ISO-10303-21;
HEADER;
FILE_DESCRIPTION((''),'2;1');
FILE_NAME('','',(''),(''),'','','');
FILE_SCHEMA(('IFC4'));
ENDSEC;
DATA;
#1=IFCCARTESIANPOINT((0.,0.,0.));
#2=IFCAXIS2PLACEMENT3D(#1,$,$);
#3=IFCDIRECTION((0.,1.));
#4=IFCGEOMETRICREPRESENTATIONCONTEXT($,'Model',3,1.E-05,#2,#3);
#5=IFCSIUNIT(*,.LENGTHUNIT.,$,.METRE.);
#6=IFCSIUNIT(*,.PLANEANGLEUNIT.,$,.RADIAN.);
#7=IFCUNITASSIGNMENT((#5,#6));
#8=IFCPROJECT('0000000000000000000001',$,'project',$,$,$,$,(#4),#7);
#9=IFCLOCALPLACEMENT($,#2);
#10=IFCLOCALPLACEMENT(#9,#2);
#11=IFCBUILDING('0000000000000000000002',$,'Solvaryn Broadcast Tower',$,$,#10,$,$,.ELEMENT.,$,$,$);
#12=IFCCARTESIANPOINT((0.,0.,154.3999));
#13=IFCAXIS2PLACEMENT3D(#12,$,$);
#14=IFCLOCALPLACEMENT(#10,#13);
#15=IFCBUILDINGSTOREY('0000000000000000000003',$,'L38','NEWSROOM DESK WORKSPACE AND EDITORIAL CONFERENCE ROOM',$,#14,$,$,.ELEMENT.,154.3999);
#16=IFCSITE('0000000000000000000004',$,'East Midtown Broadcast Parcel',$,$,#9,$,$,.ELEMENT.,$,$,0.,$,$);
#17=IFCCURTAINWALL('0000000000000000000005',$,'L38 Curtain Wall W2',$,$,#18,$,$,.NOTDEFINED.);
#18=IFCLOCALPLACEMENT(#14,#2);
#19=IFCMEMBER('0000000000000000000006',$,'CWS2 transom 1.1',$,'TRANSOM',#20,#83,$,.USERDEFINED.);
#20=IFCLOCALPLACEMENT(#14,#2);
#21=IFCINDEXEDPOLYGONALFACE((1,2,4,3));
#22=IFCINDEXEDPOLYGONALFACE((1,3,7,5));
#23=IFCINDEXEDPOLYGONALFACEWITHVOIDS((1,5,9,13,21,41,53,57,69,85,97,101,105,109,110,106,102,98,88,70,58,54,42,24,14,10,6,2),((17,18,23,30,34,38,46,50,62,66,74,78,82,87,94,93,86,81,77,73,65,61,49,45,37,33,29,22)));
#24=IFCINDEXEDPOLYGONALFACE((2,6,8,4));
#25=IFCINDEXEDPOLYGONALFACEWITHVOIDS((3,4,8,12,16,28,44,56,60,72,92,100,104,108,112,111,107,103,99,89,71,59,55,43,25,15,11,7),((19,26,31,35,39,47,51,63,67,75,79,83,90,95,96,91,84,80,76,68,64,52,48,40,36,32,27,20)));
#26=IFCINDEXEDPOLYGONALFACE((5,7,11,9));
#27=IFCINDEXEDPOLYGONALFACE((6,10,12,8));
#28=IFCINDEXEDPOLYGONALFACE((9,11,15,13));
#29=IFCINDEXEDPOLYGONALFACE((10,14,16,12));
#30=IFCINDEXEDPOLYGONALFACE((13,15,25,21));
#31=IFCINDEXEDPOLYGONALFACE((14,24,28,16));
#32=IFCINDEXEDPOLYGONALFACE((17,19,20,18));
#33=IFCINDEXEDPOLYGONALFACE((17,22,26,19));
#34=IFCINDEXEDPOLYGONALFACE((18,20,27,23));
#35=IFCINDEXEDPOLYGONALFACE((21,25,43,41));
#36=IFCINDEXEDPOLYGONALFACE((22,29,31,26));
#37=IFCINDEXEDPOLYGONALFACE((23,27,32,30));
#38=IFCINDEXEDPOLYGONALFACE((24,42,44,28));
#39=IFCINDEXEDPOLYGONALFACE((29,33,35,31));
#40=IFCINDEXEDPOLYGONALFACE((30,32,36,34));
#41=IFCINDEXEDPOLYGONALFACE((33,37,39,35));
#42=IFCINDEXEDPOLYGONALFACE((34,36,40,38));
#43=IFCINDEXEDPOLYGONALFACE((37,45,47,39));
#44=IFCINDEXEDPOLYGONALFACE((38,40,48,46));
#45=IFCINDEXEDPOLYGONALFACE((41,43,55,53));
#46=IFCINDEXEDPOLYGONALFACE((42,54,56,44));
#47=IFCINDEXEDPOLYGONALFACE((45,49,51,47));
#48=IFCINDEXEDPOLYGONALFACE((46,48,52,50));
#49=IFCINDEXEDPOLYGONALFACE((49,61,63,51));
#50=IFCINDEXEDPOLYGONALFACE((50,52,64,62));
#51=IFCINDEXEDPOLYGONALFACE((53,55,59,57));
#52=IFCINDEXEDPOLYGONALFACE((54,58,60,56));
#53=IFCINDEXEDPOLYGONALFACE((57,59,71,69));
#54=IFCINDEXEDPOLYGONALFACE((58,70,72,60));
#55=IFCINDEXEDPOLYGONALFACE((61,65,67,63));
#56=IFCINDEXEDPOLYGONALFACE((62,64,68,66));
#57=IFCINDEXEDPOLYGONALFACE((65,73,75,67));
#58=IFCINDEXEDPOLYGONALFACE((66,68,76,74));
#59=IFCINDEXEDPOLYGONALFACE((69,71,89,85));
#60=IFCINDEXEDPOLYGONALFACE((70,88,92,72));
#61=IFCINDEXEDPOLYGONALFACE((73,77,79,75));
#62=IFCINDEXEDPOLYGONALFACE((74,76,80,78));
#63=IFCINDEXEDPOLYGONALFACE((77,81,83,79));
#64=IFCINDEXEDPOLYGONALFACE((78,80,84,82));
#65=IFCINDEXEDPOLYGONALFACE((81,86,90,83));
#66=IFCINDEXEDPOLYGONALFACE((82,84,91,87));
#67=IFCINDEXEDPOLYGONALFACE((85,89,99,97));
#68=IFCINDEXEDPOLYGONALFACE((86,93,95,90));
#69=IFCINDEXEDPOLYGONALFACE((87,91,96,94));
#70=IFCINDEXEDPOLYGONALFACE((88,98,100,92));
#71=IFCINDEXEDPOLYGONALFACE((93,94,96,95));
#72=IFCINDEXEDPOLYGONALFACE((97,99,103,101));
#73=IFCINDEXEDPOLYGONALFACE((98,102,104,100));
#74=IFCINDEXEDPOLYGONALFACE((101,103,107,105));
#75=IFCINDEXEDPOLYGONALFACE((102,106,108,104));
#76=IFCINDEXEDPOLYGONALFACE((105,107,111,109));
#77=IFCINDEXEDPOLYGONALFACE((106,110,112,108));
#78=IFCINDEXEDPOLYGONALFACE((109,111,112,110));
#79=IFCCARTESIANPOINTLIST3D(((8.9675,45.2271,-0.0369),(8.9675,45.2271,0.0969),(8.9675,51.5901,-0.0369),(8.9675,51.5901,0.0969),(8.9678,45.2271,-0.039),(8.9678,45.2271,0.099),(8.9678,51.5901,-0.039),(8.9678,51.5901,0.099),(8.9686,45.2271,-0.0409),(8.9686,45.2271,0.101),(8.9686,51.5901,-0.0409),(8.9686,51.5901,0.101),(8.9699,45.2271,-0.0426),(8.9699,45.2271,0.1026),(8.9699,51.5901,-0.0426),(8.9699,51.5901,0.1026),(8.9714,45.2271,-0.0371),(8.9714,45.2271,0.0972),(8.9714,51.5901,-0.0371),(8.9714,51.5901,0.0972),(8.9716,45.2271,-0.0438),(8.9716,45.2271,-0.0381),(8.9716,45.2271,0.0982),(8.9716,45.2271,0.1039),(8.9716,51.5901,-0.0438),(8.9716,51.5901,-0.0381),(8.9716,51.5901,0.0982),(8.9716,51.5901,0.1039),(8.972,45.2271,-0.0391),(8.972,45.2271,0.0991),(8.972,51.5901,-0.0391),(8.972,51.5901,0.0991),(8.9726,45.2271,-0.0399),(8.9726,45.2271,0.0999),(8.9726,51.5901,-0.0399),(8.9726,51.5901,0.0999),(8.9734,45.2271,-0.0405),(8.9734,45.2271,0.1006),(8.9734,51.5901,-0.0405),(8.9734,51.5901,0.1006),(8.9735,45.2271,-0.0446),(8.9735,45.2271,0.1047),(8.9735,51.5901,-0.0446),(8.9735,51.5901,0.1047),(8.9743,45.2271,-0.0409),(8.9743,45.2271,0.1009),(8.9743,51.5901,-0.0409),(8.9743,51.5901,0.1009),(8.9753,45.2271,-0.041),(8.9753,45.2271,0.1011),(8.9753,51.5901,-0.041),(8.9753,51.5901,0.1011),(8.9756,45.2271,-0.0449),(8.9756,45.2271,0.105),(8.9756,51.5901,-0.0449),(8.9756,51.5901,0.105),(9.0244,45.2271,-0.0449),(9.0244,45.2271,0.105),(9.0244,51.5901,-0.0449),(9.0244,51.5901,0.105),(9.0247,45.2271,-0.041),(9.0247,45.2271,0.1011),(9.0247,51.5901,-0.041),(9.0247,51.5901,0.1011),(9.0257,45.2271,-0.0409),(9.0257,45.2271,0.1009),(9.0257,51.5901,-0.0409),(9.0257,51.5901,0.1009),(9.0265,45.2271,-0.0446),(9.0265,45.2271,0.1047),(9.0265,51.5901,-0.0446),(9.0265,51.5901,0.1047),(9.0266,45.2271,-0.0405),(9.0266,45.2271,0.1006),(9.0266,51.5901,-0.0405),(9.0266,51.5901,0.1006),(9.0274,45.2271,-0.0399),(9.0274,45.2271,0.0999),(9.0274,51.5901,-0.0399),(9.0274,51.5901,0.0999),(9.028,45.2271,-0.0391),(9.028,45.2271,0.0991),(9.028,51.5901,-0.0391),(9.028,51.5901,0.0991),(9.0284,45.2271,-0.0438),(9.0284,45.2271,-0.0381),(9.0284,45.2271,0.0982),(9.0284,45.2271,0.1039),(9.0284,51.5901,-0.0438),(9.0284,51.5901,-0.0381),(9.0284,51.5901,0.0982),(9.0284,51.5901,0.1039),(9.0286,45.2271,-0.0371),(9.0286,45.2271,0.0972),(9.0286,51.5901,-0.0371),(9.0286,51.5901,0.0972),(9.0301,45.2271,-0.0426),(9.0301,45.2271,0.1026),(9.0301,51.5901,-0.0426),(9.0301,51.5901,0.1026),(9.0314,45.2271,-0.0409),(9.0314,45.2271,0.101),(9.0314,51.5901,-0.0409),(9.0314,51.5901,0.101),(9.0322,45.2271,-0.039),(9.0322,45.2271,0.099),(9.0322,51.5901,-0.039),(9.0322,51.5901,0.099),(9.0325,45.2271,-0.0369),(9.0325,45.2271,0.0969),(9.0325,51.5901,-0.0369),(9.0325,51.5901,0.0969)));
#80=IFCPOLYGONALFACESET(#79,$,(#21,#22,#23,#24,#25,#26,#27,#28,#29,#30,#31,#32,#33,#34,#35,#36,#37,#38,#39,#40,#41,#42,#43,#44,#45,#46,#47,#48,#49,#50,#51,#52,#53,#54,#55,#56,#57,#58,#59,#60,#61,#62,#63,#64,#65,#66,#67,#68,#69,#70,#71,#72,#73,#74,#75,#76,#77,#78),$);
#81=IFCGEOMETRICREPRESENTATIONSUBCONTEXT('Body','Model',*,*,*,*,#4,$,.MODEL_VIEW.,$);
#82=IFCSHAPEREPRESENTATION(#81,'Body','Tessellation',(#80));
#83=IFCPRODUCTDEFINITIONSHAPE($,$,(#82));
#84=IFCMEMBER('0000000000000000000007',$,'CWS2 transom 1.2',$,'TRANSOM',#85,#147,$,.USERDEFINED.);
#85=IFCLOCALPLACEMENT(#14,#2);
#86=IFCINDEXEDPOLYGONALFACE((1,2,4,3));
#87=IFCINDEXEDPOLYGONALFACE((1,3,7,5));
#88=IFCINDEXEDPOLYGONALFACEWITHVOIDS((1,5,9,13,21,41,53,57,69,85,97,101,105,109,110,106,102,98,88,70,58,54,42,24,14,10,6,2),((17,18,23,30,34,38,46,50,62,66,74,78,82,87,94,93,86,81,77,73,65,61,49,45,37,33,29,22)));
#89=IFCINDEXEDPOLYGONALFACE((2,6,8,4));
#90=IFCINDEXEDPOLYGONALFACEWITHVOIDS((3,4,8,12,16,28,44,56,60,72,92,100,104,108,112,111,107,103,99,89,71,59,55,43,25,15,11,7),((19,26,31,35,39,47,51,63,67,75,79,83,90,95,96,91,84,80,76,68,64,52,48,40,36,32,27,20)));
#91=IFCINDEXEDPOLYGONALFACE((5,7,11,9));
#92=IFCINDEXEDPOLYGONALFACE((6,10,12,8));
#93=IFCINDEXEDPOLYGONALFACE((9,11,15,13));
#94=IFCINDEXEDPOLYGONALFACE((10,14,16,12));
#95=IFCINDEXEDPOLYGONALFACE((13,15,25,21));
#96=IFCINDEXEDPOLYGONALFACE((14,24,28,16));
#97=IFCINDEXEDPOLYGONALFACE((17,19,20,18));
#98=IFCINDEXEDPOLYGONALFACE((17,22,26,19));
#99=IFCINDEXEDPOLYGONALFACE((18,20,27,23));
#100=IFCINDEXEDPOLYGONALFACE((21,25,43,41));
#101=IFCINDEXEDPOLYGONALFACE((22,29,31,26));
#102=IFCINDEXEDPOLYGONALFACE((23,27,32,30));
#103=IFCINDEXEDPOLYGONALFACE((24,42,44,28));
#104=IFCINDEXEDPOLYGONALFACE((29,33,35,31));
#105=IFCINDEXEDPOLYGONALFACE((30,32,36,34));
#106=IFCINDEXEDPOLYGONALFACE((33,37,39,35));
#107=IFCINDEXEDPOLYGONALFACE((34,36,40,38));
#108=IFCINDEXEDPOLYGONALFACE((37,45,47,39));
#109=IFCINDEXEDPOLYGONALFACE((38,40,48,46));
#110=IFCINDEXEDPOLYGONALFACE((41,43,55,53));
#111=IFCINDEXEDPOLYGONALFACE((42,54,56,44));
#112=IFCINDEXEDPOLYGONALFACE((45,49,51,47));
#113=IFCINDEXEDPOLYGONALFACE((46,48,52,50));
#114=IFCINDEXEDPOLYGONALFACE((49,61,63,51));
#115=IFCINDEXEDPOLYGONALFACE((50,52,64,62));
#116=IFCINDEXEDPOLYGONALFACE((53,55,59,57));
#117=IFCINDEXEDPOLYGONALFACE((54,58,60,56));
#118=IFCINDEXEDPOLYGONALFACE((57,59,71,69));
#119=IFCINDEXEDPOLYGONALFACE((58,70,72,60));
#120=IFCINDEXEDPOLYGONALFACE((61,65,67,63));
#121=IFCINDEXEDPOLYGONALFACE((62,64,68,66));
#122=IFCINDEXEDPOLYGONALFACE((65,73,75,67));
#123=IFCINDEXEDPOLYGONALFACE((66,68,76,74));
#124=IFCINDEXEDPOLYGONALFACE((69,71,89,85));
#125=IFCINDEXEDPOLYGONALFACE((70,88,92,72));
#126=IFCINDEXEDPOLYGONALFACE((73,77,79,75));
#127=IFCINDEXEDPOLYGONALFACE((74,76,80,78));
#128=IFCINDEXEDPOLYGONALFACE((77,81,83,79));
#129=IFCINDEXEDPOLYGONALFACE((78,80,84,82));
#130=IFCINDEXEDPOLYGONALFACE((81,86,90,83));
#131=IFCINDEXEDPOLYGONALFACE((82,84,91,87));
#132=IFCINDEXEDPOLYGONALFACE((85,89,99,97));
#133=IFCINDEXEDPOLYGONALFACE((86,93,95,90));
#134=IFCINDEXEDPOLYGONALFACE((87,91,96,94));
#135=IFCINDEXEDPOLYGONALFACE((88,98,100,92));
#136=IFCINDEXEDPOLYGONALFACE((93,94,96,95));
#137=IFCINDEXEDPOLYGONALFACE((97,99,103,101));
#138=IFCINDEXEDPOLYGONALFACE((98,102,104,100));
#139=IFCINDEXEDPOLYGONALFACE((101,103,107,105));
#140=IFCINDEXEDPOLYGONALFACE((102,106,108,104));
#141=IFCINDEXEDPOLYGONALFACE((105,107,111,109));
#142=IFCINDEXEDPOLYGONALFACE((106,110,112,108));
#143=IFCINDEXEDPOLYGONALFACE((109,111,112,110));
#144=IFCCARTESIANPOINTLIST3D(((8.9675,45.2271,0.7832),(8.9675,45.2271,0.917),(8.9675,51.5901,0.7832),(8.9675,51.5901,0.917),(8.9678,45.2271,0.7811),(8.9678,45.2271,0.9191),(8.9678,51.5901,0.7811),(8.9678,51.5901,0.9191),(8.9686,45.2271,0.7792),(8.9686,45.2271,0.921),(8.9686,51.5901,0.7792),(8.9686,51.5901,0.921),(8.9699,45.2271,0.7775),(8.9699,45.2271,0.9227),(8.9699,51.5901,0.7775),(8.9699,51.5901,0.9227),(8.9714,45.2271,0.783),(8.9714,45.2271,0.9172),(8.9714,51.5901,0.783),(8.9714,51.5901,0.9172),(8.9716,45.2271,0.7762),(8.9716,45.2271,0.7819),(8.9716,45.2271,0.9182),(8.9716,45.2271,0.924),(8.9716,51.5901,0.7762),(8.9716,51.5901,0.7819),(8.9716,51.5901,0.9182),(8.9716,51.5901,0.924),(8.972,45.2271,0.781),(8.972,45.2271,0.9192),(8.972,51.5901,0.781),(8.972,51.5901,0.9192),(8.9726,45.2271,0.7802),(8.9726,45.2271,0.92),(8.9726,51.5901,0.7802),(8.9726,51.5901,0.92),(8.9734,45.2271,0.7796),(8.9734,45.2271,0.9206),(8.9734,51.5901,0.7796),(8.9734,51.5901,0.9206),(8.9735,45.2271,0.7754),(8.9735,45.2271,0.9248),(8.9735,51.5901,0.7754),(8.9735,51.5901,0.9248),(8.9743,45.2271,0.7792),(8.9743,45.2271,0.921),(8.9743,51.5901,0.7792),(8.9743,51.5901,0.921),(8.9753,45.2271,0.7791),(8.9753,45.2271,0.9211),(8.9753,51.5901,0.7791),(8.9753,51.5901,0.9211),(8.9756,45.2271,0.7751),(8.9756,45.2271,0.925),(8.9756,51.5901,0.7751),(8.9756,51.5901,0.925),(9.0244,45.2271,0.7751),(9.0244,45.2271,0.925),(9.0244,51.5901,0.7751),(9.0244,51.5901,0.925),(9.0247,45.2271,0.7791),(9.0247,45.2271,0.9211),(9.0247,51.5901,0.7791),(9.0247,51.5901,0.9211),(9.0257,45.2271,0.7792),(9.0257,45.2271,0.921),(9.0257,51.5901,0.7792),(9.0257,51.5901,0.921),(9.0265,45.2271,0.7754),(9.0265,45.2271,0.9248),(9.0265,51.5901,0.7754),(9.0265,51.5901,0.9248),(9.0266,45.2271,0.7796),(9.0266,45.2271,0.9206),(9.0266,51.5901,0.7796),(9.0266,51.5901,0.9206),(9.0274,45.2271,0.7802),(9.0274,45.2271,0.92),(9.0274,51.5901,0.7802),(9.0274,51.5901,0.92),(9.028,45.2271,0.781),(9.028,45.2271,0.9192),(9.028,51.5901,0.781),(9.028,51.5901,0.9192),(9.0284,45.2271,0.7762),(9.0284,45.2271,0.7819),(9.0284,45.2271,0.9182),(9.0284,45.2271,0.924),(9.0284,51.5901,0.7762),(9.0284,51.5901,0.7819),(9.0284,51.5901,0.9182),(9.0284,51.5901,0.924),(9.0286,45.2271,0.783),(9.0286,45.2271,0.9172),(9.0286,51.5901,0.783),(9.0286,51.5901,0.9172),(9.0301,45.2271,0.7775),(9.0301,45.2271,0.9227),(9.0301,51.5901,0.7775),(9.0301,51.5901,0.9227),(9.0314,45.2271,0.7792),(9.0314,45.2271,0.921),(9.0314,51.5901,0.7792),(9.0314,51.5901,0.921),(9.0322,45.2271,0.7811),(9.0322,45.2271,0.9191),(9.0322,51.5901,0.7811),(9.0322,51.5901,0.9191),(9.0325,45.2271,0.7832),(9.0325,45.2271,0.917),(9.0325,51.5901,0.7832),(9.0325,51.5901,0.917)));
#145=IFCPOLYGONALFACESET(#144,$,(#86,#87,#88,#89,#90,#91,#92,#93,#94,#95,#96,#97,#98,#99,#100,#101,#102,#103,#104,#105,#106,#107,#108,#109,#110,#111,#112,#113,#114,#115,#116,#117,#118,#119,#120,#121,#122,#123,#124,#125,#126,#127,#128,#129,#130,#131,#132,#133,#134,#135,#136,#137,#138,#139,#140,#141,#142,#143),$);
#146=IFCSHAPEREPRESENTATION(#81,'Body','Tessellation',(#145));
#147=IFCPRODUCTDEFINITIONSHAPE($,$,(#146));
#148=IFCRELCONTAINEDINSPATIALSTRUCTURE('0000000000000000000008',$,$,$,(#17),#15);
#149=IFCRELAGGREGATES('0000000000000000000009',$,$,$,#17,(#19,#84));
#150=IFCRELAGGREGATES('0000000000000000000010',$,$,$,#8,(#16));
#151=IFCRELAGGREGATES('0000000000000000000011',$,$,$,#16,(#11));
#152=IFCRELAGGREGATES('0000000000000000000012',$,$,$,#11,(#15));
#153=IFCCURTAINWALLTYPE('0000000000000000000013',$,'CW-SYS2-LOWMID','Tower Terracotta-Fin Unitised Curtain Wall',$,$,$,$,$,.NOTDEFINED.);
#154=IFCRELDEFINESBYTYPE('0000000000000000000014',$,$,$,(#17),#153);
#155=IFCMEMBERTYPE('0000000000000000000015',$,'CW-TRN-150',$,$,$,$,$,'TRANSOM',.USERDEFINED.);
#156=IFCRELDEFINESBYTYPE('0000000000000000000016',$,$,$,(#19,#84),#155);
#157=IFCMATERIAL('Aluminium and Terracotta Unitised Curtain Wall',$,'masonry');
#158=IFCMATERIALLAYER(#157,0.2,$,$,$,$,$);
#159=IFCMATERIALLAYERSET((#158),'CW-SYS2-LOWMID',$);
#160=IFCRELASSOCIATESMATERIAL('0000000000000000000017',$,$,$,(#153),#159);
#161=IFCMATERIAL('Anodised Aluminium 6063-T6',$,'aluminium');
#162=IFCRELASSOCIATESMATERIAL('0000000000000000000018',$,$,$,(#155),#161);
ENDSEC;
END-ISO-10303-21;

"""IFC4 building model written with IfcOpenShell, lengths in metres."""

from ifc_helpers import new_model, si_unit, direction, frame, origin, origin_2d, place, context, subcontext, project, spatial, hollow_rectangle, extrude, material, layer, layer_set, material_profile, profile_set, type_object, element, aggregate, save


model = new_model("IFC4")

# Units and contexts
model_context = context("Model", 3, precision=1e-05, world=origin(), true_north=direction((0.0, 1.0)))
body_context = subcontext(model_context, "Body", "Model", "MODEL_VIEW")
ifc_project = project(units=[si_unit("LENGTHUNIT", "METRE"), si_unit("PLANEANGLEUNIT", "RADIAN")], contexts=[model_context])

# Site, building, storey
site_placement = place(None, origin())
site = spatial("IfcSite", under=ifc_project, at=site_placement, Name="East Midtown Broadcast Parcel", CompositionType="ELEMENT", RefElevation=0.0)
building_placement = place(site_placement, origin())
building = spatial("IfcBuilding", under=site, at=building_placement, Name="Solvaryn Broadcast Tower", CompositionType="ELEMENT")
storey_placement = place(building_placement, frame((0.0, 0.0, 154.3999)))
storey = spatial("IfcBuildingStorey", under=building, at=storey_placement, Name="L38", Description="NEWSROOM DESK WORKSPACE AND EDITORIAL CONFERENCE ROOM", CompositionType="ELEMENT", Elevation=154.3999)

# Shared definitions
ifc_material_1 = material(Name="Aluminium and Terracotta Unitised Curtain Wall", Category="masonry")
ifc_layer_1 = layer(ifc_material_1, 0.2)
ifc_layer_set_1 = layer_set([ifc_layer_1], Name="CW-SYS2-LOWMID")
curtain_wall_type = type_object("IfcCurtainWallType", Name="CW-SYS2-LOWMID", Description="Tower Terracotta-Fin Unitised Curtain Wall", PredefinedType="NOTDEFINED", material=ifc_layer_set_1)

# Curtain wall
curtain_wall_1_placement = place(storey_placement, origin())
curtain_wall_1 = element("IfcCurtainWall", 1, at=curtain_wall_1_placement, inside=storey, type_object=curtain_wall_type, Name="L38 Curtain Wall W2", PredefinedType="NOTDEFINED")

# Members
ifc_material_2 = material(Name="Anodised Aluminium 6063-T6", Category="aluminium")
ifc_material_profile_1 = material_profile(ifc_material_2, hollow_rectangle(XDim=0.0649, YDim=0.1499, WallThickness=0.0039, InnerFilletRadius=0.0039, OuterFilletRadius=0.0081, at=origin_2d()))
ifc_profile_set_1 = profile_set([ifc_material_profile_1], Name="Anodised Aluminium 6063-T6")
member_type_1 = type_object("IfcMemberType", Name="CW-TRN-150", ElementType="TRANSOM", PredefinedType="USERDEFINED", material=ifc_profile_set_1)
member_1_placement = place(storey_placement, frame((9.0, 45.2271, 0.03), z_axis=(0.0, 1.0, 0.0), x_axis=(-1.0, 0.0, 0.0)))
member_1 = element("IfcMember", 2, at=member_1_placement, type_object=member_type_1, Name="CWS2 transom 1.1", ObjectType="TRANSOM", PredefinedType="USERDEFINED", context=body_context, shape_type="SweptSolid", body=[
    extrude(hollow_rectangle(XDim=0.0649, YDim=0.1499, WallThickness=0.0039, InnerFilletRadius=0.0039, OuterFilletRadius=0.0081, at=origin_2d()), origin(), (0.0, 0.0, 1.0), 6.363),
])
member_2_placement = place(storey_placement, frame((9.0, 45.2271, 0.8501), z_axis=(0.0, 1.0, 0.0), x_axis=(-1.0, 0.0, 0.0)))
member_2 = element("IfcMember", 3, at=member_2_placement, type_object=member_type_1, Name="CWS2 transom 1.2", ObjectType="TRANSOM", PredefinedType="USERDEFINED", context=body_context, shape_type="SweptSolid", body=[
    extrude(hollow_rectangle(XDim=0.0649, YDim=0.1499, WallThickness=0.0039, InnerFilletRadius=0.0039, OuterFilletRadius=0.0081, at=origin_2d()), origin(), (0.0, 0.0, 1.0), 6.363),
])

aggregate(curtain_wall_1, [member_1, member_2])

save(model, "model.ifc")
